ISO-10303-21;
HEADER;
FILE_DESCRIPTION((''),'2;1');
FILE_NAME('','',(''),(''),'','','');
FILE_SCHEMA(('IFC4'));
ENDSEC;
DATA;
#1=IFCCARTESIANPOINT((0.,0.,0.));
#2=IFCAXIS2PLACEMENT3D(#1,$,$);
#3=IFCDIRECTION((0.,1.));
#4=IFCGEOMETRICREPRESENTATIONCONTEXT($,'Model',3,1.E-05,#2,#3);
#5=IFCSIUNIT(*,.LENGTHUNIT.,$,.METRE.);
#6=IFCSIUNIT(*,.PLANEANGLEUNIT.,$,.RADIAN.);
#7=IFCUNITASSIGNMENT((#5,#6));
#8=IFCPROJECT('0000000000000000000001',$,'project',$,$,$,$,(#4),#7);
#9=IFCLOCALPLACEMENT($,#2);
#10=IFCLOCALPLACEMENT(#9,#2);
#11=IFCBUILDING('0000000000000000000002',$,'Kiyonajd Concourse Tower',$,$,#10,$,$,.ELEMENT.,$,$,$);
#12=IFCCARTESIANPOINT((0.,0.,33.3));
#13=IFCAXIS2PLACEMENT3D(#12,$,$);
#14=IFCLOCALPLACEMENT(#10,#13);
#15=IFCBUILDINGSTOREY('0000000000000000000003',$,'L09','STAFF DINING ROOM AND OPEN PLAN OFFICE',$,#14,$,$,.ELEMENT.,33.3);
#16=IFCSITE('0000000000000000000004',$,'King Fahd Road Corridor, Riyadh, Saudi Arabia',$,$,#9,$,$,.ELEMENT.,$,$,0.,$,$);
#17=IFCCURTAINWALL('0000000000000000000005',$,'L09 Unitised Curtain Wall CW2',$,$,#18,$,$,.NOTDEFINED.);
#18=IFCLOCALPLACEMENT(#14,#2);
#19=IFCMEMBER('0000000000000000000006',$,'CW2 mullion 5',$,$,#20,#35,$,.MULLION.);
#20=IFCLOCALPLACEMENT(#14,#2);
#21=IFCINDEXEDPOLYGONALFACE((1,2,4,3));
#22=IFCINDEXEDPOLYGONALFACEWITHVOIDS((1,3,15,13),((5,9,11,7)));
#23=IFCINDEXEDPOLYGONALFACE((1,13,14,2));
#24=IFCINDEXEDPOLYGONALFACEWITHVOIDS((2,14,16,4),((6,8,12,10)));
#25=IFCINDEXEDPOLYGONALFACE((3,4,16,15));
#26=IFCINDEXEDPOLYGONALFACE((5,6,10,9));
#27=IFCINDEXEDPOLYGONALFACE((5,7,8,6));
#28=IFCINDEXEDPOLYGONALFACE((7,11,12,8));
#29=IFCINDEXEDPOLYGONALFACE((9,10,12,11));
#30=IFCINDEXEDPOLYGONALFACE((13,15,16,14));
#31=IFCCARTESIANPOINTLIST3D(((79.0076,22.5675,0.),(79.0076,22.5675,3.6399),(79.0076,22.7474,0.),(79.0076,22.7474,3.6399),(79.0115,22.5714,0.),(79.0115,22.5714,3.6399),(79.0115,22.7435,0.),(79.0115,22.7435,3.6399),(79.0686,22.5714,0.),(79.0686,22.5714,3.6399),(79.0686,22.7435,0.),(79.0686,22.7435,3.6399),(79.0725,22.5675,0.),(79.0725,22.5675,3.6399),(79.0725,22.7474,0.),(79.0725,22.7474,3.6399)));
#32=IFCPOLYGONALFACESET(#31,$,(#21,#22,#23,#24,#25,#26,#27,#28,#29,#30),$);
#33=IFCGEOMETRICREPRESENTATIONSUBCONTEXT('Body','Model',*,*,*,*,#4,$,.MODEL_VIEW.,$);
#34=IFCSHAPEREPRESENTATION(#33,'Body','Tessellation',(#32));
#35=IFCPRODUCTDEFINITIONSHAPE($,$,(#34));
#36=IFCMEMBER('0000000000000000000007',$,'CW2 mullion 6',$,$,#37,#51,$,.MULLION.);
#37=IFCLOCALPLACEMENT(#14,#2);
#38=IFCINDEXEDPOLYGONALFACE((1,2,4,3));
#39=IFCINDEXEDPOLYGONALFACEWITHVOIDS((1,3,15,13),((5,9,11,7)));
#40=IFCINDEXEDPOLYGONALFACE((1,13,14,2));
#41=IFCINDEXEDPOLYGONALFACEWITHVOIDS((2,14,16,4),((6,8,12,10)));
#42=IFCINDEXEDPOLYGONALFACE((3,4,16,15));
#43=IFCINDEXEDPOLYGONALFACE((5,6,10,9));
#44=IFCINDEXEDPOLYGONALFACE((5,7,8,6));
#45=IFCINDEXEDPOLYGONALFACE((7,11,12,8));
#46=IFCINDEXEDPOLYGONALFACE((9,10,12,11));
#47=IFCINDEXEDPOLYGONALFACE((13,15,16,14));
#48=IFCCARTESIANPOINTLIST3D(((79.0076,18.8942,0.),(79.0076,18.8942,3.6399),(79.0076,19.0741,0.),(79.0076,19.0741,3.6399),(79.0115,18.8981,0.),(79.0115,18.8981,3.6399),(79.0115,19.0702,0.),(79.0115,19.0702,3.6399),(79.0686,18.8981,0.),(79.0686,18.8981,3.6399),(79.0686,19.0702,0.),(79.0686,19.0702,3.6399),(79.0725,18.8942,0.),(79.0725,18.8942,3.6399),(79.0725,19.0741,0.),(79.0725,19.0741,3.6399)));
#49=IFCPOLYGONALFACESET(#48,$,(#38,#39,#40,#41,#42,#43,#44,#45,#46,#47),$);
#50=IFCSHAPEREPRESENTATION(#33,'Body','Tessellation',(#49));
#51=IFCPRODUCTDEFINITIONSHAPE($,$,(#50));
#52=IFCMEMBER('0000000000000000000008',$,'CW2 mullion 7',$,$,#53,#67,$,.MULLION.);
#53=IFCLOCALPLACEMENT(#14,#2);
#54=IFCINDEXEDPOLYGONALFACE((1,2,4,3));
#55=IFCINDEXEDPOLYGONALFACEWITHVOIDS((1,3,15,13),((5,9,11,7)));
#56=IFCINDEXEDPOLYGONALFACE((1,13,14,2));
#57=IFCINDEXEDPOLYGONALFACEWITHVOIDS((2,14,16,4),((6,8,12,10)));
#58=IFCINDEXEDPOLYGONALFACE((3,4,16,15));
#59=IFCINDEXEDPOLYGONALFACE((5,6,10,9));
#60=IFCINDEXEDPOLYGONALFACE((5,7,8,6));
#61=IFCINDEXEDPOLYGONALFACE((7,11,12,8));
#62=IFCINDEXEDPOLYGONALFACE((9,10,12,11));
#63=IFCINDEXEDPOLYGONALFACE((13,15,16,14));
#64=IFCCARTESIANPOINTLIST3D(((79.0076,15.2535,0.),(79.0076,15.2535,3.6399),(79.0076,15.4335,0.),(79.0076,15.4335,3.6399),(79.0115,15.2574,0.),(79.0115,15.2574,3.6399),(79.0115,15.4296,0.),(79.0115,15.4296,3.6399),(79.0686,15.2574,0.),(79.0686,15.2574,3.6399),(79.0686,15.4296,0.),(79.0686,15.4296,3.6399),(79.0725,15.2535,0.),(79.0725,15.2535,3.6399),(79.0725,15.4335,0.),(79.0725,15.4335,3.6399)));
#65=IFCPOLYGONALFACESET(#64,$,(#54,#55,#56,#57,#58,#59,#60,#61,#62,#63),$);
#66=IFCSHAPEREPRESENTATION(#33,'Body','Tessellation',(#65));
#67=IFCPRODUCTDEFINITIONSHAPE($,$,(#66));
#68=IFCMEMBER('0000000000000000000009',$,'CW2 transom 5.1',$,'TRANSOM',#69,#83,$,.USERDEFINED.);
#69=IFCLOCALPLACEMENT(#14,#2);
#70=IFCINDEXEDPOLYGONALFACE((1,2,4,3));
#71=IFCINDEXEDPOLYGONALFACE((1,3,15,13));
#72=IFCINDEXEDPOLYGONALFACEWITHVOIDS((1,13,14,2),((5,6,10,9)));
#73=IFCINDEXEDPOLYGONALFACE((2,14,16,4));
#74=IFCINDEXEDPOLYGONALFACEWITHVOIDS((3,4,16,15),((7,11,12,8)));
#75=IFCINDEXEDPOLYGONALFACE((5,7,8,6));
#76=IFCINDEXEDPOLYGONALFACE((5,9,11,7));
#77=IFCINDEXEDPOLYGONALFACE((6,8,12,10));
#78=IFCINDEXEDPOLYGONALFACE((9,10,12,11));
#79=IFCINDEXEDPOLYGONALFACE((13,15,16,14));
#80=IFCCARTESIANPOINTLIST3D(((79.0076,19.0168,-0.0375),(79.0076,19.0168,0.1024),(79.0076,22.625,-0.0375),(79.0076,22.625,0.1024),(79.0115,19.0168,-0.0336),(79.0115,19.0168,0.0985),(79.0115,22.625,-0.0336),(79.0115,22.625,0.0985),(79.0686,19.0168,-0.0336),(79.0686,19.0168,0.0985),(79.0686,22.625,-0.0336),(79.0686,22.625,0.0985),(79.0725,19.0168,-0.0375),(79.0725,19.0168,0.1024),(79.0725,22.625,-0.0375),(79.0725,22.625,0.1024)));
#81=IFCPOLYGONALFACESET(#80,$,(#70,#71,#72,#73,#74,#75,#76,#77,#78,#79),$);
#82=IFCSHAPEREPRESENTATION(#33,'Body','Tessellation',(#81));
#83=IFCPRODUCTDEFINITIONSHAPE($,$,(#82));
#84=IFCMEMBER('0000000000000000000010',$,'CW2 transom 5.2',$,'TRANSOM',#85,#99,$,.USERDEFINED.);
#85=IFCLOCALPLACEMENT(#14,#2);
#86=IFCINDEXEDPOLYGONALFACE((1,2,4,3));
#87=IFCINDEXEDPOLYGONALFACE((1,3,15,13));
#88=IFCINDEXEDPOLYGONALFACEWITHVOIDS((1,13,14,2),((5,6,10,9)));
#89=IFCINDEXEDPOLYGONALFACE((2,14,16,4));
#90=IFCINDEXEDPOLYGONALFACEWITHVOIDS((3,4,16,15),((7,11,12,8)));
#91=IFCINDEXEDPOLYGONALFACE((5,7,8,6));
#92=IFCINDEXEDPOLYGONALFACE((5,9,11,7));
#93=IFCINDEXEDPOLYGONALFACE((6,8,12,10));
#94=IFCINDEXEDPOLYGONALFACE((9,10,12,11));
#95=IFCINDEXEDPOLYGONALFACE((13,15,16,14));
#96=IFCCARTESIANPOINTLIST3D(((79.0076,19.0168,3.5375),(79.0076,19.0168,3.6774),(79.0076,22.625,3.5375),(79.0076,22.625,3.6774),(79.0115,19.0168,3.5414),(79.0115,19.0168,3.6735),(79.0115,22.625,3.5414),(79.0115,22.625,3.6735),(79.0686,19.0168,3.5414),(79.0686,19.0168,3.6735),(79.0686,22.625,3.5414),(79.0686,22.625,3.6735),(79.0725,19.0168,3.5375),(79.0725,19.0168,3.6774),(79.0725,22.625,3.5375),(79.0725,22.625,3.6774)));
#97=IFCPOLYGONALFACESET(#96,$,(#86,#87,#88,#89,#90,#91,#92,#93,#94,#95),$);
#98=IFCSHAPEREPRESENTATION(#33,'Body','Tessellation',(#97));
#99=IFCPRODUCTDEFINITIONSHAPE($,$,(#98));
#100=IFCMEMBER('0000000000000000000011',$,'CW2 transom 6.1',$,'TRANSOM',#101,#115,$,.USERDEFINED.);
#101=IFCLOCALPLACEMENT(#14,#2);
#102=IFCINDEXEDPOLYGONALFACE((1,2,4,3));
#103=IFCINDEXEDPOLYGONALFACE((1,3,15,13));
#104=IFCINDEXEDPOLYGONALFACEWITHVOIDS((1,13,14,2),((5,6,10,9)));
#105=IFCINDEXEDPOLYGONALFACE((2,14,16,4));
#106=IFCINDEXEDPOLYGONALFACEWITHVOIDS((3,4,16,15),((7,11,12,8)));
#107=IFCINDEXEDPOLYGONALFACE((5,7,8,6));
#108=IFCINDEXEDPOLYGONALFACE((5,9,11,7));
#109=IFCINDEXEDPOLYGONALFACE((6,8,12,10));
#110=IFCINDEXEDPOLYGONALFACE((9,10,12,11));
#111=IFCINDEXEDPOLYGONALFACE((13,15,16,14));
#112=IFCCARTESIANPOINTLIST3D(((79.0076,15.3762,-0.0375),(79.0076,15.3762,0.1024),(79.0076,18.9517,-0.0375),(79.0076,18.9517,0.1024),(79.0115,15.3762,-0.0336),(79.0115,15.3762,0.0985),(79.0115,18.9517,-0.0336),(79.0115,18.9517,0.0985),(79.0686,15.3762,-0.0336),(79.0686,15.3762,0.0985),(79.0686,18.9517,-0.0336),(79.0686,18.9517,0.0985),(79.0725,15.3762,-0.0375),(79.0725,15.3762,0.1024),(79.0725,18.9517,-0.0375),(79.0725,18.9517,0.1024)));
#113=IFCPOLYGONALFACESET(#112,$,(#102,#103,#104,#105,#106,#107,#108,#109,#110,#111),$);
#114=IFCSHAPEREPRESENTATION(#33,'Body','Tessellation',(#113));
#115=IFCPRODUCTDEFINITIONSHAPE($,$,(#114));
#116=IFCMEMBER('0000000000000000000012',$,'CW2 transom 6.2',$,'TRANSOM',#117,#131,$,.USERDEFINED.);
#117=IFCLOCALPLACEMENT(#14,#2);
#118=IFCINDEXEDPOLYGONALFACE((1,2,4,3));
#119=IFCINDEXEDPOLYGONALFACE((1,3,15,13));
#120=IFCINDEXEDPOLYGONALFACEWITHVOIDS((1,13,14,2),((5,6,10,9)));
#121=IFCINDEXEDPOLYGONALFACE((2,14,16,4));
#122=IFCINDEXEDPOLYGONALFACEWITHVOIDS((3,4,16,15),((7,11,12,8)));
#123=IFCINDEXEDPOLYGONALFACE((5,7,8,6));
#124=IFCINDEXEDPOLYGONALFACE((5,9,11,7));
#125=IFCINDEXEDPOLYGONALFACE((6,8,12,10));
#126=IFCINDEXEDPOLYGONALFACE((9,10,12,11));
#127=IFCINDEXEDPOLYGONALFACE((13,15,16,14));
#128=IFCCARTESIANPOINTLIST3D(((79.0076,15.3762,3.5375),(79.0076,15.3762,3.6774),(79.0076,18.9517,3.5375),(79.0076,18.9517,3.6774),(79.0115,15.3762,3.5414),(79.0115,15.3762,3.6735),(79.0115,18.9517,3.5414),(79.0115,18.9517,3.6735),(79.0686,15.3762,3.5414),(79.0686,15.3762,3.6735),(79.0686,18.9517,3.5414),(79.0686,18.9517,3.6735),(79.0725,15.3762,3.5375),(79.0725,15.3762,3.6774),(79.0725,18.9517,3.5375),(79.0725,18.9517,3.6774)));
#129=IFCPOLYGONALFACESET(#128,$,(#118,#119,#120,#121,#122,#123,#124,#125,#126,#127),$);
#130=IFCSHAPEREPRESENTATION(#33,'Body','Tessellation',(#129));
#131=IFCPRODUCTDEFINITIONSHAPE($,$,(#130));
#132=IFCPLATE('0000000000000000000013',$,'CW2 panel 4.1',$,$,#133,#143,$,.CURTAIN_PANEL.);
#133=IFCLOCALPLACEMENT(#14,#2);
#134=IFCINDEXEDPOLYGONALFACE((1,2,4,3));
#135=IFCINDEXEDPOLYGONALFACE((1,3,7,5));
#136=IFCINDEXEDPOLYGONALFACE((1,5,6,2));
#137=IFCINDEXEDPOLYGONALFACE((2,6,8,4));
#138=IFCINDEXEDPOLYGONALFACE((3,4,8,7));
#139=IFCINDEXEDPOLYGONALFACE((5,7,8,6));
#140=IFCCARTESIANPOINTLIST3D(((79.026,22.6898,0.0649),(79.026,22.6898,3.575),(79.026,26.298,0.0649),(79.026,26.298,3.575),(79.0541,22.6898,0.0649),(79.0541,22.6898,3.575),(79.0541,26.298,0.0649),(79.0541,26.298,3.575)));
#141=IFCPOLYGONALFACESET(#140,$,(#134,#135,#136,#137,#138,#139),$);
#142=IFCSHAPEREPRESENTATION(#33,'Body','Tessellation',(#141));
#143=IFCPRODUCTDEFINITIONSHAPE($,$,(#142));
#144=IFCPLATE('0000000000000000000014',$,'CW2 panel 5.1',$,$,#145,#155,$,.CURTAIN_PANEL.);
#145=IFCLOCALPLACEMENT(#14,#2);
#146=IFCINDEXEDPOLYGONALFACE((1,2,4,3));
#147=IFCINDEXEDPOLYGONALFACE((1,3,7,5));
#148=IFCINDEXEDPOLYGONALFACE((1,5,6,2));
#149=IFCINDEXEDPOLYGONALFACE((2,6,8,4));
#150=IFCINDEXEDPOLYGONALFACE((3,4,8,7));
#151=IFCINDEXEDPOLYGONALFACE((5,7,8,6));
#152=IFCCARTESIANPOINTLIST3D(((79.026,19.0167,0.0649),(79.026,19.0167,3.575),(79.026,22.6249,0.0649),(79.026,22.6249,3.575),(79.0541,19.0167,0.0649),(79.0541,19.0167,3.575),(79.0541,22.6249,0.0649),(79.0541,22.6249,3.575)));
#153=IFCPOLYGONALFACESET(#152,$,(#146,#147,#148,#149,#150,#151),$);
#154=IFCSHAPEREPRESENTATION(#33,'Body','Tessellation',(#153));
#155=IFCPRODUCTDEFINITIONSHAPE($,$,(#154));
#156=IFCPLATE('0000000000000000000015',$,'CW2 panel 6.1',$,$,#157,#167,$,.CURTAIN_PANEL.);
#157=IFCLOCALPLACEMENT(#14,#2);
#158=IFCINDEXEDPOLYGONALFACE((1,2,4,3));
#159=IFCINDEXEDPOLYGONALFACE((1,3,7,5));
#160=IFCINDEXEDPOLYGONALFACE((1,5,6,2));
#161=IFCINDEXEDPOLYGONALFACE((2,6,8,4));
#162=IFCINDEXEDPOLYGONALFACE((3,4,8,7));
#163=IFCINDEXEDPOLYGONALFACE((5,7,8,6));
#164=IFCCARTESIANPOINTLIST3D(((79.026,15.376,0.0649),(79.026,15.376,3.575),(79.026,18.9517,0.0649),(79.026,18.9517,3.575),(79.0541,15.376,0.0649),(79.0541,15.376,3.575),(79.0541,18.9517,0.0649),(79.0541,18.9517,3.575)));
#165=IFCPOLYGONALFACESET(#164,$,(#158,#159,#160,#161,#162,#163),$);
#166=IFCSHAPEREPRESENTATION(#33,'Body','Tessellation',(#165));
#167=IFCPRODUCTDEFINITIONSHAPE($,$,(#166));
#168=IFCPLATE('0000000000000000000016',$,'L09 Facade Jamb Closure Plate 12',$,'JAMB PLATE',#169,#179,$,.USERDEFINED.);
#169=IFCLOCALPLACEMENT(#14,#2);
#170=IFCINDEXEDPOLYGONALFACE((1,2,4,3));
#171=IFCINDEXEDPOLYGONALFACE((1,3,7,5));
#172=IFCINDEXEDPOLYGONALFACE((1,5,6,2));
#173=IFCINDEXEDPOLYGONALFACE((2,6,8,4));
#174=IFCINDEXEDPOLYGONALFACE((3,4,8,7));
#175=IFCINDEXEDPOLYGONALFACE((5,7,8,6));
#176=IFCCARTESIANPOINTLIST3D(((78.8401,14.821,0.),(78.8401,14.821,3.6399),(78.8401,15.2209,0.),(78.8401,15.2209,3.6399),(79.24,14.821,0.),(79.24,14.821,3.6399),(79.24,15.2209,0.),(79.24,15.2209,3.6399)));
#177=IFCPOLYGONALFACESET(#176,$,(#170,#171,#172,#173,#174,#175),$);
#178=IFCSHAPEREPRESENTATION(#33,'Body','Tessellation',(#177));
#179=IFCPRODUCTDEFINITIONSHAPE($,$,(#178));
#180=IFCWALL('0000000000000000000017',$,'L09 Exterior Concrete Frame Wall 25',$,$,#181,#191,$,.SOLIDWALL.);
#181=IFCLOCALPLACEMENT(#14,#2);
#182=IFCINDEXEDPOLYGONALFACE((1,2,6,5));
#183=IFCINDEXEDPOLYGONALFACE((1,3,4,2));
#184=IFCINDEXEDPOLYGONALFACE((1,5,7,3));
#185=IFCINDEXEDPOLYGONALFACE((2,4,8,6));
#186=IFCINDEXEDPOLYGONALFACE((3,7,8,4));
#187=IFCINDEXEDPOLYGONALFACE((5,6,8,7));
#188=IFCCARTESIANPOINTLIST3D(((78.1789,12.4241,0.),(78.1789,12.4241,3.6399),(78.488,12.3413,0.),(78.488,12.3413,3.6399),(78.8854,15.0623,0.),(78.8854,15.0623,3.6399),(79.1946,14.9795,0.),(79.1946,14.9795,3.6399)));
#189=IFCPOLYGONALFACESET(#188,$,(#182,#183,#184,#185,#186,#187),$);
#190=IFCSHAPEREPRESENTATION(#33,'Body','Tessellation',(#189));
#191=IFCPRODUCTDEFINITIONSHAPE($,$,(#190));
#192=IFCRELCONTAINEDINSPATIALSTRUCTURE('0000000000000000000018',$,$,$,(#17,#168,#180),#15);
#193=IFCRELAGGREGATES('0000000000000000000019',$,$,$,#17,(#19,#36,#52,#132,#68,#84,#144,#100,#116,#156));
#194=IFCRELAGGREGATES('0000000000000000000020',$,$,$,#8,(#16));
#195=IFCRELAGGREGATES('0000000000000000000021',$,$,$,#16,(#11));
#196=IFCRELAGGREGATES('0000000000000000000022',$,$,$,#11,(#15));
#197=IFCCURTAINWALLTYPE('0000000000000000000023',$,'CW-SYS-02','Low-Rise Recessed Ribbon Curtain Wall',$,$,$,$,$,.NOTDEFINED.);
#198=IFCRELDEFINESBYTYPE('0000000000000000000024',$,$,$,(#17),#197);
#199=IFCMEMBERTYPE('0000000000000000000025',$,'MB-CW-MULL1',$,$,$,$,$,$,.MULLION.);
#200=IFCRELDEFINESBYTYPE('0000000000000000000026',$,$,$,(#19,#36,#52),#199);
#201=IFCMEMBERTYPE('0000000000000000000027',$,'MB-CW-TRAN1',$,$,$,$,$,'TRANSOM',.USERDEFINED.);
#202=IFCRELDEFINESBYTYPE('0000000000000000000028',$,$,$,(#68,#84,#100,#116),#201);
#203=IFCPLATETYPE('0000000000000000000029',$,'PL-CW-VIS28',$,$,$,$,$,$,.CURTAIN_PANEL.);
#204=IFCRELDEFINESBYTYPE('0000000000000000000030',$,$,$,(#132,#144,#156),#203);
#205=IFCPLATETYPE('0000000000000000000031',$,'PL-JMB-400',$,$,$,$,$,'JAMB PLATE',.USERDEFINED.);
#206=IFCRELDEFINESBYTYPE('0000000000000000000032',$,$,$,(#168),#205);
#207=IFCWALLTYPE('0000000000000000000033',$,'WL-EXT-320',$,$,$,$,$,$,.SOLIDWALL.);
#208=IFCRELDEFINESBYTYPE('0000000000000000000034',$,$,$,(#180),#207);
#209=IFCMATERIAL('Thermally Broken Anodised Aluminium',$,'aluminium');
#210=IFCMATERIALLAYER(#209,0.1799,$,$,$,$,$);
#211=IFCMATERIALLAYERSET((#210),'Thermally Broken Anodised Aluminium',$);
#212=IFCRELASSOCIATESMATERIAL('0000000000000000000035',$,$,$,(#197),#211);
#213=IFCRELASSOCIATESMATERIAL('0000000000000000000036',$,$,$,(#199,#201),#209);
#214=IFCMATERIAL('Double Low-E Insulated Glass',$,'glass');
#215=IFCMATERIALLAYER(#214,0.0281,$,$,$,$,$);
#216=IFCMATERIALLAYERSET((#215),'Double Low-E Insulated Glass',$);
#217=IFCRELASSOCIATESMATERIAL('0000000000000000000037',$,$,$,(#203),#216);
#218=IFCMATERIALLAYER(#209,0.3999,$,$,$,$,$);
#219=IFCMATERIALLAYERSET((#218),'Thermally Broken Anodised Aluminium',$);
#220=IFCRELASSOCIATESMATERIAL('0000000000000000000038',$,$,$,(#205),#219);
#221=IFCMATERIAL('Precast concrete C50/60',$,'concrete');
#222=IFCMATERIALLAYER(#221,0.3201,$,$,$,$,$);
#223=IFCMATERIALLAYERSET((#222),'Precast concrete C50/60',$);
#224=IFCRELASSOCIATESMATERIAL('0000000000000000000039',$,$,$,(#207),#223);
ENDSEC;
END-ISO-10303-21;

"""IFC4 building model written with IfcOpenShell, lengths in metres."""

from ifc_helpers import new_model, si_unit, direction, frame, frame_2d, origin, origin_2d, place, context, subcontext, project, spatial, rectangle, hollow_rectangle, extrude, material, layer, layer_set, material_profile, profile_set, type_object, element, aggregate, save


model = new_model("IFC4")

# Units and contexts
model_context = context("Model", 3, precision=1e-05, world=origin(), true_north=direction((0.0, 1.0)))
body_context = subcontext(model_context, "Body", "Model", "MODEL_VIEW")
ifc_project = project(units=[si_unit("LENGTHUNIT", "METRE"), si_unit("PLANEANGLEUNIT", "RADIAN")], contexts=[model_context])

# Site, building, storey
site_placement = place(None, origin())
site = spatial("IfcSite", under=ifc_project, at=site_placement, Name="King Fahd Road Corridor, Riyadh, Saudi Arabia", CompositionType="ELEMENT", RefElevation=0.0)
building_placement = place(site_placement, origin())
building = spatial("IfcBuilding", under=site, at=building_placement, Name="Kiyonajd Concourse Tower", CompositionType="ELEMENT")
storey_placement = place(building_placement, frame((0.0, 0.0, 33.3)))
storey = spatial("IfcBuildingStorey", under=building, at=storey_placement, Name="L09", Description="STAFF DINING ROOM AND OPEN PLAN OFFICE", CompositionType="ELEMENT", Elevation=33.3)

# Shared definitions
ifc_material_1 = material(Name="Precast concrete C50/60", Category="concrete")

# Curtain wall, members, plates
ifc_material_2 = material(Name="Thermally Broken Anodised Aluminium", Category="aluminium")
ifc_layer_1 = layer(ifc_material_2, 0.1799)
ifc_layer_set_1 = layer_set([ifc_layer_1], Name="Thermally Broken Anodised Aluminium")
curtain_wall_type = type_object("IfcCurtainWallType", Name="CW-SYS-02", Description="Low-Rise Recessed Ribbon Curtain Wall", PredefinedType="NOTDEFINED", material=ifc_layer_set_1)
curtain_wall_placement = place(storey_placement, origin())
curtain_wall = element("IfcCurtainWall", 1, at=curtain_wall_placement, inside=storey, type_object=curtain_wall_type, Name="L09 Unitised Curtain Wall CW2", PredefinedType="NOTDEFINED")
ifc_material_profile_1 = material_profile(ifc_material_2, hollow_rectangle(XDim=0.0649, YDim=0.1799, WallThickness=0.0039, at=origin_2d()), Name="MULL-65x180")
ifc_profile_set_1 = profile_set([ifc_material_profile_1], Name="Thermally Broken Anodised Aluminium")
member_type_1 = type_object("IfcMemberType", Name="MB-CW-MULL1", PredefinedType="MULLION", material=ifc_profile_set_1)
member_1_placement = place(storey_placement, frame((79.04, 22.6575, 0.0), z_axis=(0.0, 0.0, 1.0), x_axis=(1.0, 0.0, 0.0)))
member_1 = element("IfcMember", 2, at=member_1_placement, type_object=member_type_1, Name="CW2 mullion 5", PredefinedType="MULLION", context=body_context, shape_type="SweptSolid", body=[
    extrude(hollow_rectangle(XDim=0.0649, YDim=0.1799, WallThickness=0.0039, at=origin_2d()), origin(), (0.0, 0.0, 1.0), 3.6399),
])
member_2_placement = place(storey_placement, frame((79.04, 18.9841, 0.0), z_axis=(0.0, 0.0, 1.0), x_axis=(1.0, 0.0, 0.0)))
member_2 = element("IfcMember", 3, at=member_2_placement, type_object=member_type_1, Name="CW2 mullion 6", PredefinedType="MULLION", context=body_context, shape_type="SweptSolid", body=[
    extrude(hollow_rectangle(XDim=0.0649, YDim=0.1799, WallThickness=0.0039, at=origin_2d()), origin(), (0.0, 0.0, 1.0), 3.6399),
])
member_3_placement = place(storey_placement, frame((79.04, 15.3435, 0.0), z_axis=(0.0, 0.0, 1.0), x_axis=(1.0, 0.0, 0.0)))
member_3 = element("IfcMember", 4, at=member_3_placement, type_object=member_type_1, Name="CW2 mullion 7", PredefinedType="MULLION", context=body_context, shape_type="SweptSolid", body=[
    extrude(hollow_rectangle(XDim=0.0649, YDim=0.1799, WallThickness=0.0039, at=origin_2d()), origin(), (0.0, 0.0, 1.0), 3.6399),
])
ifc_material_profile_2 = material_profile(ifc_material_2, hollow_rectangle(XDim=0.0649, YDim=0.1399, WallThickness=0.0039, at=origin_2d()), Name="TRAN-65x140")
ifc_profile_set_2 = profile_set([ifc_material_profile_2], Name="Thermally Broken Anodised Aluminium")
member_type_2 = type_object("IfcMemberType", Name="MB-CW-TRAN1", ElementType="TRANSOM", PredefinedType="USERDEFINED", material=ifc_profile_set_2)
member_4_placement = place(storey_placement, frame((79.04, 22.625, 0.0325), z_axis=(0.0, -1.0, 0.0), x_axis=(1.0, 0.0, 0.0)))
member_4 = element("IfcMember", 5, at=member_4_placement, type_object=member_type_2, Name="CW2 transom 5.1", ObjectType="TRANSOM", PredefinedType="USERDEFINED", context=body_context, shape_type="SweptSolid", body=[
    extrude(hollow_rectangle(XDim=0.0649, YDim=0.1399, WallThickness=0.0039, at=origin_2d()), origin(), (0.0, 0.0, 1.0), 3.6082),
])
member_5_placement = place(storey_placement, frame((79.04, 22.625, 3.6074), z_axis=(0.0, -1.0, 0.0), x_axis=(1.0, 0.0, 0.0)))
member_5 = element("IfcMember", 6, at=member_5_placement, type_object=member_type_2, Name="CW2 transom 5.2", ObjectType="TRANSOM", PredefinedType="USERDEFINED", context=body_context, shape_type="SweptSolid", body=[
    extrude(hollow_rectangle(XDim=0.0649, YDim=0.1399, WallThickness=0.0039, at=origin_2d()), origin(), (0.0, 0.0, 1.0), 3.6082),
])
member_6_placement = place(storey_placement, frame((79.04, 18.9517, 0.0325), z_axis=(0.0, -1.0, 0.0), x_axis=(1.0, 0.0, 0.0)))
member_6 = element("IfcMember", 7, at=member_6_placement, type_object=member_type_2, Name="CW2 transom 6.1", ObjectType="TRANSOM", PredefinedType="USERDEFINED", context=body_context, shape_type="SweptSolid", body=[
    extrude(hollow_rectangle(XDim=0.0649, YDim=0.1399, WallThickness=0.0039, at=origin_2d()), origin(), (0.0, 0.0, 1.0), 3.5754),
])
member_7_placement = place(storey_placement, frame((79.04, 18.9517, 3.6074), z_axis=(0.0, -1.0, 0.0), x_axis=(1.0, 0.0, 0.0)))
member_7 = element("IfcMember", 8, at=member_7_placement, type_object=member_type_2, Name="CW2 transom 6.2", ObjectType="TRANSOM", PredefinedType="USERDEFINED", context=body_context, shape_type="SweptSolid", body=[
    extrude(hollow_rectangle(XDim=0.0649, YDim=0.1399, WallThickness=0.0039, at=origin_2d()), origin(), (0.0, 0.0, 1.0), 3.5754),
])
ifc_material_3 = material(Name="Double Low-E Insulated Glass", Category="glass")
ifc_layer_2 = layer(ifc_material_3, 0.0281)
ifc_layer_set_2 = layer_set([ifc_layer_2], Name="Double Low-E Insulated Glass")
plate_type_1 = type_object("IfcPlateType", Name="PL-CW-VIS28", PredefinedType="CURTAIN_PANEL", material=ifc_layer_set_2)
plate_1_placement = place(storey_placement, frame((79.04, 24.4939, 0.0649), z_axis=(0.0, 0.0, 1.0), x_axis=(0.0, -1.0, 0.0)))
plate_1 = element("IfcPlate", 9, at=plate_1_placement, type_object=plate_type_1, Name="CW2 panel 4.1", PredefinedType="CURTAIN_PANEL", context=body_context, shape_type="SweptSolid", body=[
    extrude(rectangle(XDim=3.6082, YDim=0.0281, at=origin_2d()), origin(), (0.0, 0.0, 1.0), 3.51),
])
plate_2_placement = place(storey_placement, frame((79.04, 20.8208, 0.0649), z_axis=(0.0, 0.0, 1.0), x_axis=(0.0, -1.0, 0.0)))
plate_2 = element("IfcPlate", 10, at=plate_2_placement, type_object=plate_type_1, Name="CW2 panel 5.1", PredefinedType="CURTAIN_PANEL", context=body_context, shape_type="SweptSolid", body=[
    extrude(rectangle(XDim=3.6082, YDim=0.0281, at=origin_2d()), origin(), (0.0, 0.0, 1.0), 3.51),
])
plate_3_placement = place(storey_placement, frame((79.04, 17.1638, 0.0649), z_axis=(0.0, 0.0, 1.0), x_axis=(0.0, -1.0, 0.0)))
plate_3 = element("IfcPlate", 11, at=plate_3_placement, type_object=plate_type_1, Name="CW2 panel 6.1", PredefinedType="CURTAIN_PANEL", context=body_context, shape_type="SweptSolid", body=[
    extrude(rectangle(XDim=3.5757, YDim=0.0281, at=origin_2d()), origin(), (0.0, 0.0, 1.0), 3.51),
])
aggregate(curtain_wall, [member_1, member_2, member_3, plate_1, member_4, member_5, plate_2, member_6, member_7, plate_3])

# Plate
ifc_layer_3 = layer(ifc_material_2, 0.3999)
ifc_layer_set_3 = layer_set([ifc_layer_3], Name="Thermally Broken Anodised Aluminium")
plate_type_2 = type_object("IfcPlateType", Name="PL-JMB-400", ElementType="JAMB PLATE", PredefinedType="USERDEFINED", material=ifc_layer_set_3)
plate_4_placement = place(storey_placement, frame((79.04, 15.021, 0.0), z_axis=(0.0, 0.0, 1.0), x_axis=(1.0, 0.0, 0.0)))
element("IfcPlate", 12, at=plate_4_placement, inside=storey, type_object=plate_type_2, Name="L09 Facade Jamb Closure Plate 12", ObjectType="JAMB PLATE", PredefinedType="USERDEFINED", context=body_context, shape_type="SweptSolid", body=[
    extrude(rectangle(XDim=0.3999, YDim=0.3999, at=origin_2d()), origin(), (0.0, 0.0, 1.0), 3.6399),
])

# Wall
ifc_layer_4 = layer(ifc_material_1, 0.3201)
ifc_layer_set_4 = layer_set([ifc_layer_4], Name="Precast concrete C50/60")
wall_type = type_object("IfcWallType", Name="WL-EXT-320", PredefinedType="SOLIDWALL", material=ifc_layer_set_4)
wall_1_placement = place(storey_placement, frame((79.04, 15.021, 0.0), z_axis=(0.0, 0.0, 1.0), x_axis=(-0.258697, -0.965958, 0.0)))
element("IfcWall", 13, at=wall_1_placement, inside=storey, type_object=wall_type, Name="L09 Exterior Concrete Frame Wall 25", PredefinedType="SOLIDWALL", context=body_context, shape_type="SweptSolid", body=[
    extrude(rectangle(XDim=2.7312, YDim=0.3201, at=frame_2d((1.3657, 0.0))), origin(), (0.0, 0.0, 1.0), 3.6399),
])

save(model, "model.ifc")
